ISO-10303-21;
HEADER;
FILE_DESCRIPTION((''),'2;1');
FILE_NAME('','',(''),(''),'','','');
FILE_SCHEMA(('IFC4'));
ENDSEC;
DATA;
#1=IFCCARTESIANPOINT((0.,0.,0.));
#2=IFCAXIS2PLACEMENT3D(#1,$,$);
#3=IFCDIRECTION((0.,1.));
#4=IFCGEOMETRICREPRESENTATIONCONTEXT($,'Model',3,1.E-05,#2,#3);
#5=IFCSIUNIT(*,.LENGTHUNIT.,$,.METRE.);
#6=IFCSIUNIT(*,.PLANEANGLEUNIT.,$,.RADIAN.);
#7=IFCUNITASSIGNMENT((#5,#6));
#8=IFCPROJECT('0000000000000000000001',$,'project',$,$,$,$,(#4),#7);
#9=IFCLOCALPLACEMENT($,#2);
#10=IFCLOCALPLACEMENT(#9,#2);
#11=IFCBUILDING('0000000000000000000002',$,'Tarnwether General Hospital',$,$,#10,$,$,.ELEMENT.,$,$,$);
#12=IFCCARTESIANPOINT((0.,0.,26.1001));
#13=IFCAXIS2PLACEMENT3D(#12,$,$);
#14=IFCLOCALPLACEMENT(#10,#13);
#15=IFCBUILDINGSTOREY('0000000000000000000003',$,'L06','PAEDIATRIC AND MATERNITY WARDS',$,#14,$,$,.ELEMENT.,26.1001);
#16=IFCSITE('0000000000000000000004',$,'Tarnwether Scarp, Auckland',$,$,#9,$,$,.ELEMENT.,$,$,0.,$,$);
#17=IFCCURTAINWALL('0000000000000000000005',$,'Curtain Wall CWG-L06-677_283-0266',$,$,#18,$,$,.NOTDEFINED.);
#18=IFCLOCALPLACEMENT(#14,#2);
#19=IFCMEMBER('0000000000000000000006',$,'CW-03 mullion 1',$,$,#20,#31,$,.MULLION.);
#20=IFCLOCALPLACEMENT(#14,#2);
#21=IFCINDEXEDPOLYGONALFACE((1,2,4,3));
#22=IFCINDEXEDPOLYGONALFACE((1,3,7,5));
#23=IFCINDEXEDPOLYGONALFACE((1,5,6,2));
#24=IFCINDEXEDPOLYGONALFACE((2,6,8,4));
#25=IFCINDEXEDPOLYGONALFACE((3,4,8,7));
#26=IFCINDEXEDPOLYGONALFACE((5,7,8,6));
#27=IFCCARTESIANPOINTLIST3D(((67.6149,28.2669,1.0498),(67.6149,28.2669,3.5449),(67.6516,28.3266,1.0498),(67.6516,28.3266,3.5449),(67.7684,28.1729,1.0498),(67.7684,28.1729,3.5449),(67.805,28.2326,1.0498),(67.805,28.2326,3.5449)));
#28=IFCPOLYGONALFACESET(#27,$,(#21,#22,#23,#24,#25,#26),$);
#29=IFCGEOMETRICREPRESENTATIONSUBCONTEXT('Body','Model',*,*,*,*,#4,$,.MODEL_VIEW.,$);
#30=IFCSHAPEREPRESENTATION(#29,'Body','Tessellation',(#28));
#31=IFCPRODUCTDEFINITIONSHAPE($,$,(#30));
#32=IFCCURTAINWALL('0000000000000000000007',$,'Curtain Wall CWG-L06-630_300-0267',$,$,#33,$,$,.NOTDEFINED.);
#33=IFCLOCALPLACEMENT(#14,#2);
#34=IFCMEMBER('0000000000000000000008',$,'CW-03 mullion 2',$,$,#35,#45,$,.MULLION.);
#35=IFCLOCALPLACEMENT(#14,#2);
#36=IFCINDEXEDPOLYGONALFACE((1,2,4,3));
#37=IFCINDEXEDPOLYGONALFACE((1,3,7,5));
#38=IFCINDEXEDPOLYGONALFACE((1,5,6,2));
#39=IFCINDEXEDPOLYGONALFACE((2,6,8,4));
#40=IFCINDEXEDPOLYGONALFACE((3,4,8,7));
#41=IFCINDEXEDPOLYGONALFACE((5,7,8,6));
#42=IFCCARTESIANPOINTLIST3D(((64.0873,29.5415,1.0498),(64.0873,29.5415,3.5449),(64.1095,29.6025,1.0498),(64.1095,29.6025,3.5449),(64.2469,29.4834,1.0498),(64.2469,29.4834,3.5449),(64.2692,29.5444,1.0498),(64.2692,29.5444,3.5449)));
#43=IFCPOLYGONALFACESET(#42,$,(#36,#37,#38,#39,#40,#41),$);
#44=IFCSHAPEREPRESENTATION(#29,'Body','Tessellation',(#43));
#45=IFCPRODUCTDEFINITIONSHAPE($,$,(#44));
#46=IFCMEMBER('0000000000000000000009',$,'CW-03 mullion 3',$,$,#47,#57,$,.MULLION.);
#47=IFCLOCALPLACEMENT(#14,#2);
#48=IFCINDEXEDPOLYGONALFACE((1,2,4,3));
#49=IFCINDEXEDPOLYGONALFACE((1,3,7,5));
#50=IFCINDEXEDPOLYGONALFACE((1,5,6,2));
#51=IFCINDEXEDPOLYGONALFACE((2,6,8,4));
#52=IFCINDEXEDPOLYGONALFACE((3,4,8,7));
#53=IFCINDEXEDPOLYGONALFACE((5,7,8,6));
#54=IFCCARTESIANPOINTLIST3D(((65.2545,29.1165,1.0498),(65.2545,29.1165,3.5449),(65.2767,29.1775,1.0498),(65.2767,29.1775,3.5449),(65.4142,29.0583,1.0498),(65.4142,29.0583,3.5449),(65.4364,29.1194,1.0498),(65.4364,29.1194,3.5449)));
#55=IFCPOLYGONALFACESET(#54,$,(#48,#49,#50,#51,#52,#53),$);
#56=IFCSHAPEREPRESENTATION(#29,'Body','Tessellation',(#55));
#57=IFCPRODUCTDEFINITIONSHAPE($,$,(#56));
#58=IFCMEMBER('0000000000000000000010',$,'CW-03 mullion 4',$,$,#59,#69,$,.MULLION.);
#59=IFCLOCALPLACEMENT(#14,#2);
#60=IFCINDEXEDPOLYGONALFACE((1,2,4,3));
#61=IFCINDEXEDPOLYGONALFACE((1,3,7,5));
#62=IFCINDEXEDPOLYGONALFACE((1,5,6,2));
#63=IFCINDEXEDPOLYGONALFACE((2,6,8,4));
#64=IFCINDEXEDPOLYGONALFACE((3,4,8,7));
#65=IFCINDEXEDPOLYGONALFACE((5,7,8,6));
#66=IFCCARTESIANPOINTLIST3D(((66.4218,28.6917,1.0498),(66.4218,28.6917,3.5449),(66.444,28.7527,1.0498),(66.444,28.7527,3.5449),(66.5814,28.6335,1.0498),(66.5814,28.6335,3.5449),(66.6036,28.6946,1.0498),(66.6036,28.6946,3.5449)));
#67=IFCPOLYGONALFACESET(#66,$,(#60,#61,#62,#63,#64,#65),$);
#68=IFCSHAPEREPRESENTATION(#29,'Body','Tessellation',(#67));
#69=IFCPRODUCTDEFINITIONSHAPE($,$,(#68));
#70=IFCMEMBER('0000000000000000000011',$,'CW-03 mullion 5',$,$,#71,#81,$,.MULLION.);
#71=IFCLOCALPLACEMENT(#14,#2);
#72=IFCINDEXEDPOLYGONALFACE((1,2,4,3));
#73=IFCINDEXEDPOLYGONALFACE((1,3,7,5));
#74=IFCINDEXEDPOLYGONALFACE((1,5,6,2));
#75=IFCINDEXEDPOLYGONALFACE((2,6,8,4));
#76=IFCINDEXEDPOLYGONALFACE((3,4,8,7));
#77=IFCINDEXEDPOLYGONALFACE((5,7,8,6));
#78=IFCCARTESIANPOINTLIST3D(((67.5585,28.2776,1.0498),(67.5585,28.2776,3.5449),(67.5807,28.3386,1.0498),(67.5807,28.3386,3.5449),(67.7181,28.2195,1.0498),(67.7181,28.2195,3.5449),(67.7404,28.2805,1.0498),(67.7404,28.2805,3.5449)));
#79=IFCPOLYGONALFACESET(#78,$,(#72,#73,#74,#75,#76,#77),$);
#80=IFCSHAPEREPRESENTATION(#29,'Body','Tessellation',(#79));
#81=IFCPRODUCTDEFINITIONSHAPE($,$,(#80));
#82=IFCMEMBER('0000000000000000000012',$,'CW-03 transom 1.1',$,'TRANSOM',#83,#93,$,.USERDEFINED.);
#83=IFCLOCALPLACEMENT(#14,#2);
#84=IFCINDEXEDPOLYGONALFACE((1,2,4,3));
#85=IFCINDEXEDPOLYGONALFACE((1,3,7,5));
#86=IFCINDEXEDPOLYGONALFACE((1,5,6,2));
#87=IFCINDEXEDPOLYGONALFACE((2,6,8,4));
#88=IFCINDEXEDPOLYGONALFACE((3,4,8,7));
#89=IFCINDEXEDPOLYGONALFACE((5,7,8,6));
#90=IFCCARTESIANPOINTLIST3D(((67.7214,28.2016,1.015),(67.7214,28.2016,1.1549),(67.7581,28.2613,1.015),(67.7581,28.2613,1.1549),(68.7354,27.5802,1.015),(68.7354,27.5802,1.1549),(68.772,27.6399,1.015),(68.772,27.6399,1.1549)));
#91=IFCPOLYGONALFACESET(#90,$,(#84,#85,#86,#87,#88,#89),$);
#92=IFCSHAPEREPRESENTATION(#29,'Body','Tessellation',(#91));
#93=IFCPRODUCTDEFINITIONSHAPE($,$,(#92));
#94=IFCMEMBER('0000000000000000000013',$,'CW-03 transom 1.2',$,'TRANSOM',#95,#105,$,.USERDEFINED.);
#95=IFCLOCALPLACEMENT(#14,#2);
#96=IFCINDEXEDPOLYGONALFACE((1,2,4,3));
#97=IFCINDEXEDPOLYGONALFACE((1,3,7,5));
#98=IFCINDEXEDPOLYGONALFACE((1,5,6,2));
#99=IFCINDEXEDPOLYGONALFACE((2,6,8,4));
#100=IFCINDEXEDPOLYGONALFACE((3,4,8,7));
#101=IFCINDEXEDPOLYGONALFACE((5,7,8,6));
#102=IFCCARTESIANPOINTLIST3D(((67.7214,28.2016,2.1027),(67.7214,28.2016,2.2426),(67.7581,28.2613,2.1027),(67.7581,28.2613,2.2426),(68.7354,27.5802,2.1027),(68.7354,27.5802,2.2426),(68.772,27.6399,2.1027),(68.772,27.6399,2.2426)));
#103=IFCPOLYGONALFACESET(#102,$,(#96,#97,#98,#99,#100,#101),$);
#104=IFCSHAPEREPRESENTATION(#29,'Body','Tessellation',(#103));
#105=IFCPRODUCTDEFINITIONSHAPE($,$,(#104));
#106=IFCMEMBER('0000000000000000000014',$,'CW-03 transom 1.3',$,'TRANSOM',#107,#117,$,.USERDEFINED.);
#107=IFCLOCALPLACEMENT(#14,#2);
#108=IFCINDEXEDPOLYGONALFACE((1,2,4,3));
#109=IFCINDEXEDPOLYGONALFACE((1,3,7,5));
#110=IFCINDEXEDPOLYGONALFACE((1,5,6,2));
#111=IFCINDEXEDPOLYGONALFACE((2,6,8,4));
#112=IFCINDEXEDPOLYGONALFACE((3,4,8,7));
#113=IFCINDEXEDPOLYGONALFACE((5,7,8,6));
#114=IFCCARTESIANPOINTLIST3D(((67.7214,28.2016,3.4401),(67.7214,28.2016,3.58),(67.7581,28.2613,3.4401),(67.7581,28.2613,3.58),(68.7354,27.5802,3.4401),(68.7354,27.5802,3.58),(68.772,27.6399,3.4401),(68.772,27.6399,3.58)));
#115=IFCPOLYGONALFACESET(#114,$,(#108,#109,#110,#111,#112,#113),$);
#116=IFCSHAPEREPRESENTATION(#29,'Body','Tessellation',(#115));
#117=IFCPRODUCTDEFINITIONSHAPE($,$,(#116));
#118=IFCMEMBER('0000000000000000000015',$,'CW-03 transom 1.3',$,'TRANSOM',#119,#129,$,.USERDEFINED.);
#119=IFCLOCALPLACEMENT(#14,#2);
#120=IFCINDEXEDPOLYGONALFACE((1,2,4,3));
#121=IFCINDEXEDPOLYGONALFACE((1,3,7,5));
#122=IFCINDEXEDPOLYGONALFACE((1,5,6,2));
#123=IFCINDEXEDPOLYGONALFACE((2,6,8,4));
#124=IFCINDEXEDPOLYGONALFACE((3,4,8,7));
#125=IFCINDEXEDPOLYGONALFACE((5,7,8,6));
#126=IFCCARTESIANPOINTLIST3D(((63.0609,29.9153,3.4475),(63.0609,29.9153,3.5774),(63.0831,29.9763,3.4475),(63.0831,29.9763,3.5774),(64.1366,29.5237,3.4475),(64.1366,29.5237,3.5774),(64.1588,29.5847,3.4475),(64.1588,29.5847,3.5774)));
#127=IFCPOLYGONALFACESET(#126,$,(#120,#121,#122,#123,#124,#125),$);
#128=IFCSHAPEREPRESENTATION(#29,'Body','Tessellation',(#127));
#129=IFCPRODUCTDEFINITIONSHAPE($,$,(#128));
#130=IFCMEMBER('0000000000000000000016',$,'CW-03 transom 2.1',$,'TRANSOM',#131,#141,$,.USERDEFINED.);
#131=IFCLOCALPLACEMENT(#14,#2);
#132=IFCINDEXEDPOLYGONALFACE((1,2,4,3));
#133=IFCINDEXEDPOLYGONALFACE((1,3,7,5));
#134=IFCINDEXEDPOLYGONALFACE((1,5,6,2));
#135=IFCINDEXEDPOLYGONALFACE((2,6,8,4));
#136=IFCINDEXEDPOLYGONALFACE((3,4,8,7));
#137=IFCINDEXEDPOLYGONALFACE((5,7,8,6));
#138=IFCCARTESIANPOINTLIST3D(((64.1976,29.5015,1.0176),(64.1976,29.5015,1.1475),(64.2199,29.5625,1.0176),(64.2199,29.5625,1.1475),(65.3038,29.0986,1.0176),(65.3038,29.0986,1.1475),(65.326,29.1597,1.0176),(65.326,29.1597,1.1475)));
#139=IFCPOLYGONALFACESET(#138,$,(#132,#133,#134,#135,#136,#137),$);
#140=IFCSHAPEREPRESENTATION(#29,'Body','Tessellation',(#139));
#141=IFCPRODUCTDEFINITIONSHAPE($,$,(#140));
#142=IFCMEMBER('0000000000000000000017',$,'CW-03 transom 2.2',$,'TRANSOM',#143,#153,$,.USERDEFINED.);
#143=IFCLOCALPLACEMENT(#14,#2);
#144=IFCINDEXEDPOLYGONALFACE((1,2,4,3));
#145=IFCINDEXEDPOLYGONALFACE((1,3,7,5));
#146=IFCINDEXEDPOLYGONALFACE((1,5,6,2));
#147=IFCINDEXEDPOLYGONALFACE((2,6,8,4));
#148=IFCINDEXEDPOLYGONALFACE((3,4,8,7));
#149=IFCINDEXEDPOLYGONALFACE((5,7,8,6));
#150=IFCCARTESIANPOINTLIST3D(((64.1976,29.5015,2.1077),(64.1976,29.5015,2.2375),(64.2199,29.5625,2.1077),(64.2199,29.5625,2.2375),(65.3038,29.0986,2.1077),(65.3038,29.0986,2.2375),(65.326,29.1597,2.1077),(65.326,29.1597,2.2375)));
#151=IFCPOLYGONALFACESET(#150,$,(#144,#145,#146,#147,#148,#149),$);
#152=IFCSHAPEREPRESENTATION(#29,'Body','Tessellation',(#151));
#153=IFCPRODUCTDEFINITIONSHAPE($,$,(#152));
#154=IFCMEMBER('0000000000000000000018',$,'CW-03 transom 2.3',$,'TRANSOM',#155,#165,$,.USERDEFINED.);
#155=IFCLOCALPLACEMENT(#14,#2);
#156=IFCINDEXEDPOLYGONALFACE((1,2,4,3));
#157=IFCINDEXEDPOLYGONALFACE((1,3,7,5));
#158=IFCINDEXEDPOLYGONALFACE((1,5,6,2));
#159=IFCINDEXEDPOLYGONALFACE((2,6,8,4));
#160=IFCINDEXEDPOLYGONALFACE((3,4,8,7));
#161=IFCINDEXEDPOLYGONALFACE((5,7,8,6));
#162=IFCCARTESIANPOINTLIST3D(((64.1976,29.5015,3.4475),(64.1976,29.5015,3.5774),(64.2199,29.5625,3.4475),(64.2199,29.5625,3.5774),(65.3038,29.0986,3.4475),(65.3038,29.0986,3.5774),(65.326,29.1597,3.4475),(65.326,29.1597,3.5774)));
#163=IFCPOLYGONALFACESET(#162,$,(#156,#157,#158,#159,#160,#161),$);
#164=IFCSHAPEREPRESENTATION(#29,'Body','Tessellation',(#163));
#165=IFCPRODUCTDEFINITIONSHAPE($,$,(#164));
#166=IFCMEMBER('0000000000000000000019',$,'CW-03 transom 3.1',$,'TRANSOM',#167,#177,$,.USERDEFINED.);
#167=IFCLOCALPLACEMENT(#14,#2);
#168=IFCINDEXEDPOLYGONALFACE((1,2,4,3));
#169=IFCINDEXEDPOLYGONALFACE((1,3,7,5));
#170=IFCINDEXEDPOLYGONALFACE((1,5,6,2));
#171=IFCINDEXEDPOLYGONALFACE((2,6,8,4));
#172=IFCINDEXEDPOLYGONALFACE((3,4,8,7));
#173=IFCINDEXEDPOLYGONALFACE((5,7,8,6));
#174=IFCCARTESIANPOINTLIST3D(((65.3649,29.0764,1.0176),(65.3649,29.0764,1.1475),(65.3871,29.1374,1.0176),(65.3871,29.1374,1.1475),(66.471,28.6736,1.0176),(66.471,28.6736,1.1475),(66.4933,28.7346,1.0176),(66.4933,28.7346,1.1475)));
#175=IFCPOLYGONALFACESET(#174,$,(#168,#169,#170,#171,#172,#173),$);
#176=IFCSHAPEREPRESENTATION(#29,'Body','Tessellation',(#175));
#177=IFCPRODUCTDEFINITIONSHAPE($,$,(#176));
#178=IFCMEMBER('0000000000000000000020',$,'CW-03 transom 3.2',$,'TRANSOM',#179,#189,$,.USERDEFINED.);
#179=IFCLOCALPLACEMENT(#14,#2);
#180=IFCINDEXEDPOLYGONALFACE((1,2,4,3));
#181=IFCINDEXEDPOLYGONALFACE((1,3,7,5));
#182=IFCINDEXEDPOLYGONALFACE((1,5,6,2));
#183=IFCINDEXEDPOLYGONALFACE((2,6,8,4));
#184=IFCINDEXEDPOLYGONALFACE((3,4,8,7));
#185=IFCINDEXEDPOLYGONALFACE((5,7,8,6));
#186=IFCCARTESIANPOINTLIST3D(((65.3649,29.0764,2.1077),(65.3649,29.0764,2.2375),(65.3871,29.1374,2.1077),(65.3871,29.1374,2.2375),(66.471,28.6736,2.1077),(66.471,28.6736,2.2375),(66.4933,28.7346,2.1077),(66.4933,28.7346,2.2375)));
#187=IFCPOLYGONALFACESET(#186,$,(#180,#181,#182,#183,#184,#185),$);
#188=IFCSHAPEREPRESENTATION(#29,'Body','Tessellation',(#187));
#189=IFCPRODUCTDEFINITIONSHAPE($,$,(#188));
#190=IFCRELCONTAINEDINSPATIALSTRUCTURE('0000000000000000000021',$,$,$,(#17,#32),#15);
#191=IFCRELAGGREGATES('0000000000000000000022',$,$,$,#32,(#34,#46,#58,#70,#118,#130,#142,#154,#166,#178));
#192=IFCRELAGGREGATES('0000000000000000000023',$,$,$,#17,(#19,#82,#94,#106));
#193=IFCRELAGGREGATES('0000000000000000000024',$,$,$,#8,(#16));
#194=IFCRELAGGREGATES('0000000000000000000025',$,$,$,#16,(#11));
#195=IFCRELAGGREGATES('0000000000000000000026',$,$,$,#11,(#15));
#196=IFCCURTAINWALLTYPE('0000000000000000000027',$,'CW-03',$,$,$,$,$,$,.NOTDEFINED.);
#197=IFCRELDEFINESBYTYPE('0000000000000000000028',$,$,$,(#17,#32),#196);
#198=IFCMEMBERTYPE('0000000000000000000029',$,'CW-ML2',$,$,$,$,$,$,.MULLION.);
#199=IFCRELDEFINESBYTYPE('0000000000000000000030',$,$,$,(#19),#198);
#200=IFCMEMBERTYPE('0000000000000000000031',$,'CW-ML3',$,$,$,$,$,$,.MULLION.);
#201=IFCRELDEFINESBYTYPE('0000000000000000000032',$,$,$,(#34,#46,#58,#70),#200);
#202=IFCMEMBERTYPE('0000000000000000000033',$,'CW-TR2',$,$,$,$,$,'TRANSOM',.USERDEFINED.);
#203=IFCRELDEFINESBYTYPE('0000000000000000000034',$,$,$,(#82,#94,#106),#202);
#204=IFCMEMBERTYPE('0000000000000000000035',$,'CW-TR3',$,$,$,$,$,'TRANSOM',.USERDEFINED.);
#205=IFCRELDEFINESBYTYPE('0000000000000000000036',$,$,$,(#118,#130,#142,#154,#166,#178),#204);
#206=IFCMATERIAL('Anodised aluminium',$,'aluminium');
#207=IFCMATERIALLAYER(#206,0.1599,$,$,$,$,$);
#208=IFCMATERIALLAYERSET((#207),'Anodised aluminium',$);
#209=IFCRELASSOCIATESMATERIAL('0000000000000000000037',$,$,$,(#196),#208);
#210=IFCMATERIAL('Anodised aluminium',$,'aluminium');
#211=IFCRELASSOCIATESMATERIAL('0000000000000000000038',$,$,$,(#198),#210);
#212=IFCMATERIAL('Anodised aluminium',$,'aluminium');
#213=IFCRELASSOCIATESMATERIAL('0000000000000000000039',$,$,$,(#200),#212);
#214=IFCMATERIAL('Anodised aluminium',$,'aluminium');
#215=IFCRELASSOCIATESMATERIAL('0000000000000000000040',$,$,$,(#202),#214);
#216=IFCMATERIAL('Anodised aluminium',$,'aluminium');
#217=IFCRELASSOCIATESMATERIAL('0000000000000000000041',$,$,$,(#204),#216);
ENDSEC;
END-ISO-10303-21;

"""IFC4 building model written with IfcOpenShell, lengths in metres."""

from ifc_helpers import new_model, si_unit, direction, frame, origin, origin_2d, place, context, subcontext, project, spatial, rectangle, extrude, material, layer, layer_set, material_profile, profile_set, type_object, element, aggregate, save


model = new_model("IFC4")

# Units and contexts
model_context = context("Model", 3, precision=1e-05, world=origin(), true_north=direction((0.0, 1.0)))
body_context = subcontext(model_context, "Body", "Model", "MODEL_VIEW")
ifc_project = project(units=[si_unit("LENGTHUNIT", "METRE"), si_unit("PLANEANGLEUNIT", "RADIAN")], contexts=[model_context])

# Site, building, storey
site_placement = place(None, origin())
site = spatial("IfcSite", under=ifc_project, at=site_placement, Name="Tarnwether Scarp, Auckland", CompositionType="ELEMENT", RefElevation=0.0)
building_placement = place(site_placement, origin())
building = spatial("IfcBuilding", under=site, at=building_placement, Name="Tarnwether General Hospital", CompositionType="ELEMENT")
storey_placement = place(building_placement, frame((0.0, 0.0, 26.1001)))
storey = spatial("IfcBuildingStorey", under=building, at=storey_placement, Name="L06", Description="PAEDIATRIC AND MATERNITY WARDS", CompositionType="ELEMENT", Elevation=26.1001)

# Curtain wall, member
ifc_material_1 = material(Name="Anodised aluminium", Category="aluminium")
ifc_layer_1 = layer(ifc_material_1, 0.1599)
ifc_layer_set_1 = layer_set([ifc_layer_1], Name="Anodised aluminium")
curtain_wall_type = type_object("IfcCurtainWallType", Name="CW-03", PredefinedType="NOTDEFINED", material=ifc_layer_set_1)
curtain_wall_1_placement = place(storey_placement, origin())
curtain_wall_1 = element("IfcCurtainWall", 1, at=curtain_wall_1_placement, inside=storey, type_object=curtain_wall_type, Name="Curtain Wall CWG-L06-677_283-0266", PredefinedType="NOTDEFINED")
ifc_material_2 = material(Name="Anodised aluminium", Category="aluminium")
ifc_material_profile_1 = material_profile(ifc_material_2, rectangle(XDim=0.0701, YDim=0.1799, at=origin_2d()), Name="ALU-MUL-70x180")
ifc_profile_set_1 = profile_set([ifc_material_profile_1], Name="Anodised aluminium")
member_type_1 = type_object("IfcMemberType", Name="CW-ML2", PredefinedType="MULLION", material=ifc_profile_set_1)
member_1_placement = place(storey_placement, frame((67.71, 28.2498, 1.0498), z_axis=(0.0, 0.0, 1.0), x_axis=(0.522512, 0.852632, 0.0)))
member_1 = element("IfcMember", 2, at=member_1_placement, type_object=member_type_1, Name="CW-03 mullion 1", PredefinedType="MULLION", context=body_context, shape_type="SweptSolid", body=[
    extrude(rectangle(XDim=0.0701, YDim=0.1799, at=origin_2d()), origin(), (0.0, 0.0, 1.0), 2.4951),
])

# Curtain wall, members
curtain_wall_2_placement = place(storey_placement, origin())
curtain_wall_2 = element("IfcCurtainWall", 3, at=curtain_wall_2_placement, inside=storey, type_object=curtain_wall_type, Name="Curtain Wall CWG-L06-630_300-0267", PredefinedType="NOTDEFINED")
ifc_material_3 = material(Name="Anodised aluminium", Category="aluminium")
ifc_material_profile_2 = material_profile(ifc_material_3, rectangle(XDim=0.0649, YDim=0.1699, at=origin_2d()), Name="ALU-MUL-65x170")
ifc_profile_set_2 = profile_set([ifc_material_profile_2], Name="Anodised aluminium")
member_type_2 = type_object("IfcMemberType", Name="CW-ML3", PredefinedType="MULLION", material=ifc_profile_set_2)
member_2_placement = place(storey_placement, frame((64.1782, 29.543, 1.0498), z_axis=(0.0, 0.0, 1.0), x_axis=(0.342131, 0.939652, 0.0)))
member_2 = element("IfcMember", 4, at=member_2_placement, type_object=member_type_2, Name="CW-03 mullion 2", PredefinedType="MULLION", context=body_context, shape_type="SweptSolid", body=[
    extrude(rectangle(XDim=0.0649, YDim=0.1699, at=origin_2d()), origin(), (0.0, 0.0, 1.0), 2.4951),
])
member_3_placement = place(storey_placement, frame((65.3455, 29.1179, 1.0498), z_axis=(0.0, 0.0, 1.0), x_axis=(0.342131, 0.939652, 0.0)))
member_3 = element("IfcMember", 5, at=member_3_placement, type_object=member_type_2, Name="CW-03 mullion 3", PredefinedType="MULLION", context=body_context, shape_type="SweptSolid", body=[
    extrude(rectangle(XDim=0.0649, YDim=0.1699, at=origin_2d()), origin(), (0.0, 0.0, 1.0), 2.4951),
])
member_4_placement = place(storey_placement, frame((66.5127, 28.6931, 1.0498), z_axis=(0.0, 0.0, 1.0), x_axis=(0.342131, 0.939652, 0.0)))
member_4 = element("IfcMember", 6, at=member_4_placement, type_object=member_type_2, Name="CW-03 mullion 4", PredefinedType="MULLION", context=body_context, shape_type="SweptSolid", body=[
    extrude(rectangle(XDim=0.0649, YDim=0.1699, at=origin_2d()), origin(), (0.0, 0.0, 1.0), 2.4951),
])
member_5_placement = place(storey_placement, frame((67.6494, 28.2791, 1.0498), z_axis=(0.0, 0.0, 1.0), x_axis=(0.342131, 0.939652, 0.0)))
member_5 = element("IfcMember", 7, at=member_5_placement, type_object=member_type_2, Name="CW-03 mullion 5", PredefinedType="MULLION", context=body_context, shape_type="SweptSolid", body=[
    extrude(rectangle(XDim=0.0649, YDim=0.1699, at=origin_2d()), origin(), (0.0, 0.0, 1.0), 2.4951),
])

# Members
ifc_material_4 = material(Name="Anodised aluminium", Category="aluminium")
ifc_material_profile_3 = material_profile(ifc_material_4, rectangle(XDim=0.0701, YDim=0.1399, at=origin_2d()), Name="ALU-TRN-70x140")
ifc_profile_set_3 = profile_set([ifc_material_profile_3], Name="Anodised aluminium")
member_type_3 = type_object("IfcMemberType", Name="CW-TR2", ElementType="TRANSOM", PredefinedType="USERDEFINED", material=ifc_profile_set_3)
member_6_placement = place(storey_placement, frame((67.7397, 28.2314, 1.085), z_axis=(0.852637, -0.522504, 0.0), x_axis=(0.522504, 0.852637, 0.0)))
member_6 = element("IfcMember", 8, at=member_6_placement, type_object=member_type_3, Name="CW-03 transom 1.1", ObjectType="TRANSOM", PredefinedType="USERDEFINED", context=body_context, shape_type="SweptSolid", body=[
    extrude(rectangle(XDim=0.0701, YDim=0.1399, at=origin_2d()), origin(), (0.0, 0.0, 1.0), 1.1892),
])
member_7_placement = place(storey_placement, frame((67.7397, 28.2314, 2.1726), z_axis=(0.852637, -0.522504, 0.0), x_axis=(0.522504, 0.852637, 0.0)))
member_7 = element("IfcMember", 9, at=member_7_placement, type_object=member_type_3, Name="CW-03 transom 1.2", ObjectType="TRANSOM", PredefinedType="USERDEFINED", context=body_context, shape_type="SweptSolid", body=[
    extrude(rectangle(XDim=0.0701, YDim=0.1399, at=origin_2d()), origin(), (0.0, 0.0, 1.0), 1.1892),
])
member_8_placement = place(storey_placement, frame((67.7397, 28.2314, 3.51), z_axis=(0.852637, -0.522504, 0.0), x_axis=(0.522504, 0.852637, 0.0)))
member_8 = element("IfcMember", 10, at=member_8_placement, type_object=member_type_3, Name="CW-03 transom 1.3", ObjectType="TRANSOM", PredefinedType="USERDEFINED", context=body_context, shape_type="SweptSolid", body=[
    extrude(rectangle(XDim=0.0701, YDim=0.1399, at=origin_2d()), origin(), (0.0, 0.0, 1.0), 1.1892),
])
ifc_material_5 = material(Name="Anodised aluminium", Category="aluminium")
ifc_material_profile_4 = material_profile(ifc_material_5, rectangle(XDim=0.0649, YDim=0.1299, at=origin_2d()), Name="ALU-TRN-65x130")
ifc_profile_set_4 = profile_set([ifc_material_profile_4], Name="Anodised aluminium")
member_type_4 = type_object("IfcMemberType", Name="CW-TR3", ElementType="TRANSOM", PredefinedType="USERDEFINED", material=ifc_profile_set_4)
member_9_placement = place(storey_placement, frame((63.072, 29.9458, 3.5125), z_axis=(0.939669, -0.342086, 0.0), x_axis=(0.342086, 0.939669, 0.0)))
member_9 = element("IfcMember", 11, at=member_9_placement, type_object=member_type_4, Name="CW-03 transom 1.3", ObjectType="TRANSOM", PredefinedType="USERDEFINED", context=body_context, shape_type="SweptSolid", body=[
    extrude(rectangle(XDim=0.0649, YDim=0.1299, at=origin_2d()), origin(), (0.0, 0.0, 1.0), 1.1448),
])
member_10_placement = place(storey_placement, frame((64.2087, 29.532, 1.0825), z_axis=(0.939636, -0.342176, 0.0), x_axis=(0.342176, 0.939636, 0.0)))
member_10 = element("IfcMember", 12, at=member_10_placement, type_object=member_type_4, Name="CW-03 transom 2.1", ObjectType="TRANSOM", PredefinedType="USERDEFINED", context=body_context, shape_type="SweptSolid", body=[
    extrude(rectangle(XDim=0.0649, YDim=0.1299, at=origin_2d()), origin(), (0.0, 0.0, 1.0), 1.1772),
])
member_11_placement = place(storey_placement, frame((64.2087, 29.532, 2.1726), z_axis=(0.939636, -0.342176, 0.0), x_axis=(0.342176, 0.939636, 0.0)))
member_11 = element("IfcMember", 13, at=member_11_placement, type_object=member_type_4, Name="CW-03 transom 2.2", ObjectType="TRANSOM", PredefinedType="USERDEFINED", context=body_context, shape_type="SweptSolid", body=[
    extrude(rectangle(XDim=0.0649, YDim=0.1299, at=origin_2d()), origin(), (0.0, 0.0, 1.0), 1.1772),
])
member_12_placement = place(storey_placement, frame((64.2087, 29.532, 3.5125), z_axis=(0.939636, -0.342176, 0.0), x_axis=(0.342176, 0.939636, 0.0)))
member_12 = element("IfcMember", 14, at=member_12_placement, type_object=member_type_4, Name="CW-03 transom 2.3", ObjectType="TRANSOM", PredefinedType="USERDEFINED", context=body_context, shape_type="SweptSolid", body=[
    extrude(rectangle(XDim=0.0649, YDim=0.1299, at=origin_2d()), origin(), (0.0, 0.0, 1.0), 1.1772),
])
member_13_placement = place(storey_placement, frame((65.376, 29.1069, 1.0825), z_axis=(0.939636, -0.342176, 0.0), x_axis=(0.342176, 0.939636, 0.0)))
member_13 = element("IfcMember", 15, at=member_13_placement, type_object=member_type_4, Name="CW-03 transom 3.1", ObjectType="TRANSOM", PredefinedType="USERDEFINED", context=body_context, shape_type="SweptSolid", body=[
    extrude(rectangle(XDim=0.0649, YDim=0.1299, at=origin_2d()), origin(), (0.0, 0.0, 1.0), 1.1772),
])
member_14_placement = place(storey_placement, frame((65.376, 29.1069, 2.1726), z_axis=(0.939636, -0.342176, 0.0), x_axis=(0.342176, 0.939636, 0.0)))
member_14 = element("IfcMember", 16, at=member_14_placement, type_object=member_type_4, Name="CW-03 transom 3.2", ObjectType="TRANSOM", PredefinedType="USERDEFINED", context=body_context, shape_type="SweptSolid", body=[
    extrude(rectangle(XDim=0.0649, YDim=0.1299, at=origin_2d()), origin(), (0.0, 0.0, 1.0), 1.1772),
])

aggregate(curtain_wall_2, [member_2, member_3, member_4, member_5, member_9, member_10, member_11, member_12, member_13, member_14])
aggregate(curtain_wall_1, [member_1, member_6, member_7, member_8])

save(model, "model.ifc")
